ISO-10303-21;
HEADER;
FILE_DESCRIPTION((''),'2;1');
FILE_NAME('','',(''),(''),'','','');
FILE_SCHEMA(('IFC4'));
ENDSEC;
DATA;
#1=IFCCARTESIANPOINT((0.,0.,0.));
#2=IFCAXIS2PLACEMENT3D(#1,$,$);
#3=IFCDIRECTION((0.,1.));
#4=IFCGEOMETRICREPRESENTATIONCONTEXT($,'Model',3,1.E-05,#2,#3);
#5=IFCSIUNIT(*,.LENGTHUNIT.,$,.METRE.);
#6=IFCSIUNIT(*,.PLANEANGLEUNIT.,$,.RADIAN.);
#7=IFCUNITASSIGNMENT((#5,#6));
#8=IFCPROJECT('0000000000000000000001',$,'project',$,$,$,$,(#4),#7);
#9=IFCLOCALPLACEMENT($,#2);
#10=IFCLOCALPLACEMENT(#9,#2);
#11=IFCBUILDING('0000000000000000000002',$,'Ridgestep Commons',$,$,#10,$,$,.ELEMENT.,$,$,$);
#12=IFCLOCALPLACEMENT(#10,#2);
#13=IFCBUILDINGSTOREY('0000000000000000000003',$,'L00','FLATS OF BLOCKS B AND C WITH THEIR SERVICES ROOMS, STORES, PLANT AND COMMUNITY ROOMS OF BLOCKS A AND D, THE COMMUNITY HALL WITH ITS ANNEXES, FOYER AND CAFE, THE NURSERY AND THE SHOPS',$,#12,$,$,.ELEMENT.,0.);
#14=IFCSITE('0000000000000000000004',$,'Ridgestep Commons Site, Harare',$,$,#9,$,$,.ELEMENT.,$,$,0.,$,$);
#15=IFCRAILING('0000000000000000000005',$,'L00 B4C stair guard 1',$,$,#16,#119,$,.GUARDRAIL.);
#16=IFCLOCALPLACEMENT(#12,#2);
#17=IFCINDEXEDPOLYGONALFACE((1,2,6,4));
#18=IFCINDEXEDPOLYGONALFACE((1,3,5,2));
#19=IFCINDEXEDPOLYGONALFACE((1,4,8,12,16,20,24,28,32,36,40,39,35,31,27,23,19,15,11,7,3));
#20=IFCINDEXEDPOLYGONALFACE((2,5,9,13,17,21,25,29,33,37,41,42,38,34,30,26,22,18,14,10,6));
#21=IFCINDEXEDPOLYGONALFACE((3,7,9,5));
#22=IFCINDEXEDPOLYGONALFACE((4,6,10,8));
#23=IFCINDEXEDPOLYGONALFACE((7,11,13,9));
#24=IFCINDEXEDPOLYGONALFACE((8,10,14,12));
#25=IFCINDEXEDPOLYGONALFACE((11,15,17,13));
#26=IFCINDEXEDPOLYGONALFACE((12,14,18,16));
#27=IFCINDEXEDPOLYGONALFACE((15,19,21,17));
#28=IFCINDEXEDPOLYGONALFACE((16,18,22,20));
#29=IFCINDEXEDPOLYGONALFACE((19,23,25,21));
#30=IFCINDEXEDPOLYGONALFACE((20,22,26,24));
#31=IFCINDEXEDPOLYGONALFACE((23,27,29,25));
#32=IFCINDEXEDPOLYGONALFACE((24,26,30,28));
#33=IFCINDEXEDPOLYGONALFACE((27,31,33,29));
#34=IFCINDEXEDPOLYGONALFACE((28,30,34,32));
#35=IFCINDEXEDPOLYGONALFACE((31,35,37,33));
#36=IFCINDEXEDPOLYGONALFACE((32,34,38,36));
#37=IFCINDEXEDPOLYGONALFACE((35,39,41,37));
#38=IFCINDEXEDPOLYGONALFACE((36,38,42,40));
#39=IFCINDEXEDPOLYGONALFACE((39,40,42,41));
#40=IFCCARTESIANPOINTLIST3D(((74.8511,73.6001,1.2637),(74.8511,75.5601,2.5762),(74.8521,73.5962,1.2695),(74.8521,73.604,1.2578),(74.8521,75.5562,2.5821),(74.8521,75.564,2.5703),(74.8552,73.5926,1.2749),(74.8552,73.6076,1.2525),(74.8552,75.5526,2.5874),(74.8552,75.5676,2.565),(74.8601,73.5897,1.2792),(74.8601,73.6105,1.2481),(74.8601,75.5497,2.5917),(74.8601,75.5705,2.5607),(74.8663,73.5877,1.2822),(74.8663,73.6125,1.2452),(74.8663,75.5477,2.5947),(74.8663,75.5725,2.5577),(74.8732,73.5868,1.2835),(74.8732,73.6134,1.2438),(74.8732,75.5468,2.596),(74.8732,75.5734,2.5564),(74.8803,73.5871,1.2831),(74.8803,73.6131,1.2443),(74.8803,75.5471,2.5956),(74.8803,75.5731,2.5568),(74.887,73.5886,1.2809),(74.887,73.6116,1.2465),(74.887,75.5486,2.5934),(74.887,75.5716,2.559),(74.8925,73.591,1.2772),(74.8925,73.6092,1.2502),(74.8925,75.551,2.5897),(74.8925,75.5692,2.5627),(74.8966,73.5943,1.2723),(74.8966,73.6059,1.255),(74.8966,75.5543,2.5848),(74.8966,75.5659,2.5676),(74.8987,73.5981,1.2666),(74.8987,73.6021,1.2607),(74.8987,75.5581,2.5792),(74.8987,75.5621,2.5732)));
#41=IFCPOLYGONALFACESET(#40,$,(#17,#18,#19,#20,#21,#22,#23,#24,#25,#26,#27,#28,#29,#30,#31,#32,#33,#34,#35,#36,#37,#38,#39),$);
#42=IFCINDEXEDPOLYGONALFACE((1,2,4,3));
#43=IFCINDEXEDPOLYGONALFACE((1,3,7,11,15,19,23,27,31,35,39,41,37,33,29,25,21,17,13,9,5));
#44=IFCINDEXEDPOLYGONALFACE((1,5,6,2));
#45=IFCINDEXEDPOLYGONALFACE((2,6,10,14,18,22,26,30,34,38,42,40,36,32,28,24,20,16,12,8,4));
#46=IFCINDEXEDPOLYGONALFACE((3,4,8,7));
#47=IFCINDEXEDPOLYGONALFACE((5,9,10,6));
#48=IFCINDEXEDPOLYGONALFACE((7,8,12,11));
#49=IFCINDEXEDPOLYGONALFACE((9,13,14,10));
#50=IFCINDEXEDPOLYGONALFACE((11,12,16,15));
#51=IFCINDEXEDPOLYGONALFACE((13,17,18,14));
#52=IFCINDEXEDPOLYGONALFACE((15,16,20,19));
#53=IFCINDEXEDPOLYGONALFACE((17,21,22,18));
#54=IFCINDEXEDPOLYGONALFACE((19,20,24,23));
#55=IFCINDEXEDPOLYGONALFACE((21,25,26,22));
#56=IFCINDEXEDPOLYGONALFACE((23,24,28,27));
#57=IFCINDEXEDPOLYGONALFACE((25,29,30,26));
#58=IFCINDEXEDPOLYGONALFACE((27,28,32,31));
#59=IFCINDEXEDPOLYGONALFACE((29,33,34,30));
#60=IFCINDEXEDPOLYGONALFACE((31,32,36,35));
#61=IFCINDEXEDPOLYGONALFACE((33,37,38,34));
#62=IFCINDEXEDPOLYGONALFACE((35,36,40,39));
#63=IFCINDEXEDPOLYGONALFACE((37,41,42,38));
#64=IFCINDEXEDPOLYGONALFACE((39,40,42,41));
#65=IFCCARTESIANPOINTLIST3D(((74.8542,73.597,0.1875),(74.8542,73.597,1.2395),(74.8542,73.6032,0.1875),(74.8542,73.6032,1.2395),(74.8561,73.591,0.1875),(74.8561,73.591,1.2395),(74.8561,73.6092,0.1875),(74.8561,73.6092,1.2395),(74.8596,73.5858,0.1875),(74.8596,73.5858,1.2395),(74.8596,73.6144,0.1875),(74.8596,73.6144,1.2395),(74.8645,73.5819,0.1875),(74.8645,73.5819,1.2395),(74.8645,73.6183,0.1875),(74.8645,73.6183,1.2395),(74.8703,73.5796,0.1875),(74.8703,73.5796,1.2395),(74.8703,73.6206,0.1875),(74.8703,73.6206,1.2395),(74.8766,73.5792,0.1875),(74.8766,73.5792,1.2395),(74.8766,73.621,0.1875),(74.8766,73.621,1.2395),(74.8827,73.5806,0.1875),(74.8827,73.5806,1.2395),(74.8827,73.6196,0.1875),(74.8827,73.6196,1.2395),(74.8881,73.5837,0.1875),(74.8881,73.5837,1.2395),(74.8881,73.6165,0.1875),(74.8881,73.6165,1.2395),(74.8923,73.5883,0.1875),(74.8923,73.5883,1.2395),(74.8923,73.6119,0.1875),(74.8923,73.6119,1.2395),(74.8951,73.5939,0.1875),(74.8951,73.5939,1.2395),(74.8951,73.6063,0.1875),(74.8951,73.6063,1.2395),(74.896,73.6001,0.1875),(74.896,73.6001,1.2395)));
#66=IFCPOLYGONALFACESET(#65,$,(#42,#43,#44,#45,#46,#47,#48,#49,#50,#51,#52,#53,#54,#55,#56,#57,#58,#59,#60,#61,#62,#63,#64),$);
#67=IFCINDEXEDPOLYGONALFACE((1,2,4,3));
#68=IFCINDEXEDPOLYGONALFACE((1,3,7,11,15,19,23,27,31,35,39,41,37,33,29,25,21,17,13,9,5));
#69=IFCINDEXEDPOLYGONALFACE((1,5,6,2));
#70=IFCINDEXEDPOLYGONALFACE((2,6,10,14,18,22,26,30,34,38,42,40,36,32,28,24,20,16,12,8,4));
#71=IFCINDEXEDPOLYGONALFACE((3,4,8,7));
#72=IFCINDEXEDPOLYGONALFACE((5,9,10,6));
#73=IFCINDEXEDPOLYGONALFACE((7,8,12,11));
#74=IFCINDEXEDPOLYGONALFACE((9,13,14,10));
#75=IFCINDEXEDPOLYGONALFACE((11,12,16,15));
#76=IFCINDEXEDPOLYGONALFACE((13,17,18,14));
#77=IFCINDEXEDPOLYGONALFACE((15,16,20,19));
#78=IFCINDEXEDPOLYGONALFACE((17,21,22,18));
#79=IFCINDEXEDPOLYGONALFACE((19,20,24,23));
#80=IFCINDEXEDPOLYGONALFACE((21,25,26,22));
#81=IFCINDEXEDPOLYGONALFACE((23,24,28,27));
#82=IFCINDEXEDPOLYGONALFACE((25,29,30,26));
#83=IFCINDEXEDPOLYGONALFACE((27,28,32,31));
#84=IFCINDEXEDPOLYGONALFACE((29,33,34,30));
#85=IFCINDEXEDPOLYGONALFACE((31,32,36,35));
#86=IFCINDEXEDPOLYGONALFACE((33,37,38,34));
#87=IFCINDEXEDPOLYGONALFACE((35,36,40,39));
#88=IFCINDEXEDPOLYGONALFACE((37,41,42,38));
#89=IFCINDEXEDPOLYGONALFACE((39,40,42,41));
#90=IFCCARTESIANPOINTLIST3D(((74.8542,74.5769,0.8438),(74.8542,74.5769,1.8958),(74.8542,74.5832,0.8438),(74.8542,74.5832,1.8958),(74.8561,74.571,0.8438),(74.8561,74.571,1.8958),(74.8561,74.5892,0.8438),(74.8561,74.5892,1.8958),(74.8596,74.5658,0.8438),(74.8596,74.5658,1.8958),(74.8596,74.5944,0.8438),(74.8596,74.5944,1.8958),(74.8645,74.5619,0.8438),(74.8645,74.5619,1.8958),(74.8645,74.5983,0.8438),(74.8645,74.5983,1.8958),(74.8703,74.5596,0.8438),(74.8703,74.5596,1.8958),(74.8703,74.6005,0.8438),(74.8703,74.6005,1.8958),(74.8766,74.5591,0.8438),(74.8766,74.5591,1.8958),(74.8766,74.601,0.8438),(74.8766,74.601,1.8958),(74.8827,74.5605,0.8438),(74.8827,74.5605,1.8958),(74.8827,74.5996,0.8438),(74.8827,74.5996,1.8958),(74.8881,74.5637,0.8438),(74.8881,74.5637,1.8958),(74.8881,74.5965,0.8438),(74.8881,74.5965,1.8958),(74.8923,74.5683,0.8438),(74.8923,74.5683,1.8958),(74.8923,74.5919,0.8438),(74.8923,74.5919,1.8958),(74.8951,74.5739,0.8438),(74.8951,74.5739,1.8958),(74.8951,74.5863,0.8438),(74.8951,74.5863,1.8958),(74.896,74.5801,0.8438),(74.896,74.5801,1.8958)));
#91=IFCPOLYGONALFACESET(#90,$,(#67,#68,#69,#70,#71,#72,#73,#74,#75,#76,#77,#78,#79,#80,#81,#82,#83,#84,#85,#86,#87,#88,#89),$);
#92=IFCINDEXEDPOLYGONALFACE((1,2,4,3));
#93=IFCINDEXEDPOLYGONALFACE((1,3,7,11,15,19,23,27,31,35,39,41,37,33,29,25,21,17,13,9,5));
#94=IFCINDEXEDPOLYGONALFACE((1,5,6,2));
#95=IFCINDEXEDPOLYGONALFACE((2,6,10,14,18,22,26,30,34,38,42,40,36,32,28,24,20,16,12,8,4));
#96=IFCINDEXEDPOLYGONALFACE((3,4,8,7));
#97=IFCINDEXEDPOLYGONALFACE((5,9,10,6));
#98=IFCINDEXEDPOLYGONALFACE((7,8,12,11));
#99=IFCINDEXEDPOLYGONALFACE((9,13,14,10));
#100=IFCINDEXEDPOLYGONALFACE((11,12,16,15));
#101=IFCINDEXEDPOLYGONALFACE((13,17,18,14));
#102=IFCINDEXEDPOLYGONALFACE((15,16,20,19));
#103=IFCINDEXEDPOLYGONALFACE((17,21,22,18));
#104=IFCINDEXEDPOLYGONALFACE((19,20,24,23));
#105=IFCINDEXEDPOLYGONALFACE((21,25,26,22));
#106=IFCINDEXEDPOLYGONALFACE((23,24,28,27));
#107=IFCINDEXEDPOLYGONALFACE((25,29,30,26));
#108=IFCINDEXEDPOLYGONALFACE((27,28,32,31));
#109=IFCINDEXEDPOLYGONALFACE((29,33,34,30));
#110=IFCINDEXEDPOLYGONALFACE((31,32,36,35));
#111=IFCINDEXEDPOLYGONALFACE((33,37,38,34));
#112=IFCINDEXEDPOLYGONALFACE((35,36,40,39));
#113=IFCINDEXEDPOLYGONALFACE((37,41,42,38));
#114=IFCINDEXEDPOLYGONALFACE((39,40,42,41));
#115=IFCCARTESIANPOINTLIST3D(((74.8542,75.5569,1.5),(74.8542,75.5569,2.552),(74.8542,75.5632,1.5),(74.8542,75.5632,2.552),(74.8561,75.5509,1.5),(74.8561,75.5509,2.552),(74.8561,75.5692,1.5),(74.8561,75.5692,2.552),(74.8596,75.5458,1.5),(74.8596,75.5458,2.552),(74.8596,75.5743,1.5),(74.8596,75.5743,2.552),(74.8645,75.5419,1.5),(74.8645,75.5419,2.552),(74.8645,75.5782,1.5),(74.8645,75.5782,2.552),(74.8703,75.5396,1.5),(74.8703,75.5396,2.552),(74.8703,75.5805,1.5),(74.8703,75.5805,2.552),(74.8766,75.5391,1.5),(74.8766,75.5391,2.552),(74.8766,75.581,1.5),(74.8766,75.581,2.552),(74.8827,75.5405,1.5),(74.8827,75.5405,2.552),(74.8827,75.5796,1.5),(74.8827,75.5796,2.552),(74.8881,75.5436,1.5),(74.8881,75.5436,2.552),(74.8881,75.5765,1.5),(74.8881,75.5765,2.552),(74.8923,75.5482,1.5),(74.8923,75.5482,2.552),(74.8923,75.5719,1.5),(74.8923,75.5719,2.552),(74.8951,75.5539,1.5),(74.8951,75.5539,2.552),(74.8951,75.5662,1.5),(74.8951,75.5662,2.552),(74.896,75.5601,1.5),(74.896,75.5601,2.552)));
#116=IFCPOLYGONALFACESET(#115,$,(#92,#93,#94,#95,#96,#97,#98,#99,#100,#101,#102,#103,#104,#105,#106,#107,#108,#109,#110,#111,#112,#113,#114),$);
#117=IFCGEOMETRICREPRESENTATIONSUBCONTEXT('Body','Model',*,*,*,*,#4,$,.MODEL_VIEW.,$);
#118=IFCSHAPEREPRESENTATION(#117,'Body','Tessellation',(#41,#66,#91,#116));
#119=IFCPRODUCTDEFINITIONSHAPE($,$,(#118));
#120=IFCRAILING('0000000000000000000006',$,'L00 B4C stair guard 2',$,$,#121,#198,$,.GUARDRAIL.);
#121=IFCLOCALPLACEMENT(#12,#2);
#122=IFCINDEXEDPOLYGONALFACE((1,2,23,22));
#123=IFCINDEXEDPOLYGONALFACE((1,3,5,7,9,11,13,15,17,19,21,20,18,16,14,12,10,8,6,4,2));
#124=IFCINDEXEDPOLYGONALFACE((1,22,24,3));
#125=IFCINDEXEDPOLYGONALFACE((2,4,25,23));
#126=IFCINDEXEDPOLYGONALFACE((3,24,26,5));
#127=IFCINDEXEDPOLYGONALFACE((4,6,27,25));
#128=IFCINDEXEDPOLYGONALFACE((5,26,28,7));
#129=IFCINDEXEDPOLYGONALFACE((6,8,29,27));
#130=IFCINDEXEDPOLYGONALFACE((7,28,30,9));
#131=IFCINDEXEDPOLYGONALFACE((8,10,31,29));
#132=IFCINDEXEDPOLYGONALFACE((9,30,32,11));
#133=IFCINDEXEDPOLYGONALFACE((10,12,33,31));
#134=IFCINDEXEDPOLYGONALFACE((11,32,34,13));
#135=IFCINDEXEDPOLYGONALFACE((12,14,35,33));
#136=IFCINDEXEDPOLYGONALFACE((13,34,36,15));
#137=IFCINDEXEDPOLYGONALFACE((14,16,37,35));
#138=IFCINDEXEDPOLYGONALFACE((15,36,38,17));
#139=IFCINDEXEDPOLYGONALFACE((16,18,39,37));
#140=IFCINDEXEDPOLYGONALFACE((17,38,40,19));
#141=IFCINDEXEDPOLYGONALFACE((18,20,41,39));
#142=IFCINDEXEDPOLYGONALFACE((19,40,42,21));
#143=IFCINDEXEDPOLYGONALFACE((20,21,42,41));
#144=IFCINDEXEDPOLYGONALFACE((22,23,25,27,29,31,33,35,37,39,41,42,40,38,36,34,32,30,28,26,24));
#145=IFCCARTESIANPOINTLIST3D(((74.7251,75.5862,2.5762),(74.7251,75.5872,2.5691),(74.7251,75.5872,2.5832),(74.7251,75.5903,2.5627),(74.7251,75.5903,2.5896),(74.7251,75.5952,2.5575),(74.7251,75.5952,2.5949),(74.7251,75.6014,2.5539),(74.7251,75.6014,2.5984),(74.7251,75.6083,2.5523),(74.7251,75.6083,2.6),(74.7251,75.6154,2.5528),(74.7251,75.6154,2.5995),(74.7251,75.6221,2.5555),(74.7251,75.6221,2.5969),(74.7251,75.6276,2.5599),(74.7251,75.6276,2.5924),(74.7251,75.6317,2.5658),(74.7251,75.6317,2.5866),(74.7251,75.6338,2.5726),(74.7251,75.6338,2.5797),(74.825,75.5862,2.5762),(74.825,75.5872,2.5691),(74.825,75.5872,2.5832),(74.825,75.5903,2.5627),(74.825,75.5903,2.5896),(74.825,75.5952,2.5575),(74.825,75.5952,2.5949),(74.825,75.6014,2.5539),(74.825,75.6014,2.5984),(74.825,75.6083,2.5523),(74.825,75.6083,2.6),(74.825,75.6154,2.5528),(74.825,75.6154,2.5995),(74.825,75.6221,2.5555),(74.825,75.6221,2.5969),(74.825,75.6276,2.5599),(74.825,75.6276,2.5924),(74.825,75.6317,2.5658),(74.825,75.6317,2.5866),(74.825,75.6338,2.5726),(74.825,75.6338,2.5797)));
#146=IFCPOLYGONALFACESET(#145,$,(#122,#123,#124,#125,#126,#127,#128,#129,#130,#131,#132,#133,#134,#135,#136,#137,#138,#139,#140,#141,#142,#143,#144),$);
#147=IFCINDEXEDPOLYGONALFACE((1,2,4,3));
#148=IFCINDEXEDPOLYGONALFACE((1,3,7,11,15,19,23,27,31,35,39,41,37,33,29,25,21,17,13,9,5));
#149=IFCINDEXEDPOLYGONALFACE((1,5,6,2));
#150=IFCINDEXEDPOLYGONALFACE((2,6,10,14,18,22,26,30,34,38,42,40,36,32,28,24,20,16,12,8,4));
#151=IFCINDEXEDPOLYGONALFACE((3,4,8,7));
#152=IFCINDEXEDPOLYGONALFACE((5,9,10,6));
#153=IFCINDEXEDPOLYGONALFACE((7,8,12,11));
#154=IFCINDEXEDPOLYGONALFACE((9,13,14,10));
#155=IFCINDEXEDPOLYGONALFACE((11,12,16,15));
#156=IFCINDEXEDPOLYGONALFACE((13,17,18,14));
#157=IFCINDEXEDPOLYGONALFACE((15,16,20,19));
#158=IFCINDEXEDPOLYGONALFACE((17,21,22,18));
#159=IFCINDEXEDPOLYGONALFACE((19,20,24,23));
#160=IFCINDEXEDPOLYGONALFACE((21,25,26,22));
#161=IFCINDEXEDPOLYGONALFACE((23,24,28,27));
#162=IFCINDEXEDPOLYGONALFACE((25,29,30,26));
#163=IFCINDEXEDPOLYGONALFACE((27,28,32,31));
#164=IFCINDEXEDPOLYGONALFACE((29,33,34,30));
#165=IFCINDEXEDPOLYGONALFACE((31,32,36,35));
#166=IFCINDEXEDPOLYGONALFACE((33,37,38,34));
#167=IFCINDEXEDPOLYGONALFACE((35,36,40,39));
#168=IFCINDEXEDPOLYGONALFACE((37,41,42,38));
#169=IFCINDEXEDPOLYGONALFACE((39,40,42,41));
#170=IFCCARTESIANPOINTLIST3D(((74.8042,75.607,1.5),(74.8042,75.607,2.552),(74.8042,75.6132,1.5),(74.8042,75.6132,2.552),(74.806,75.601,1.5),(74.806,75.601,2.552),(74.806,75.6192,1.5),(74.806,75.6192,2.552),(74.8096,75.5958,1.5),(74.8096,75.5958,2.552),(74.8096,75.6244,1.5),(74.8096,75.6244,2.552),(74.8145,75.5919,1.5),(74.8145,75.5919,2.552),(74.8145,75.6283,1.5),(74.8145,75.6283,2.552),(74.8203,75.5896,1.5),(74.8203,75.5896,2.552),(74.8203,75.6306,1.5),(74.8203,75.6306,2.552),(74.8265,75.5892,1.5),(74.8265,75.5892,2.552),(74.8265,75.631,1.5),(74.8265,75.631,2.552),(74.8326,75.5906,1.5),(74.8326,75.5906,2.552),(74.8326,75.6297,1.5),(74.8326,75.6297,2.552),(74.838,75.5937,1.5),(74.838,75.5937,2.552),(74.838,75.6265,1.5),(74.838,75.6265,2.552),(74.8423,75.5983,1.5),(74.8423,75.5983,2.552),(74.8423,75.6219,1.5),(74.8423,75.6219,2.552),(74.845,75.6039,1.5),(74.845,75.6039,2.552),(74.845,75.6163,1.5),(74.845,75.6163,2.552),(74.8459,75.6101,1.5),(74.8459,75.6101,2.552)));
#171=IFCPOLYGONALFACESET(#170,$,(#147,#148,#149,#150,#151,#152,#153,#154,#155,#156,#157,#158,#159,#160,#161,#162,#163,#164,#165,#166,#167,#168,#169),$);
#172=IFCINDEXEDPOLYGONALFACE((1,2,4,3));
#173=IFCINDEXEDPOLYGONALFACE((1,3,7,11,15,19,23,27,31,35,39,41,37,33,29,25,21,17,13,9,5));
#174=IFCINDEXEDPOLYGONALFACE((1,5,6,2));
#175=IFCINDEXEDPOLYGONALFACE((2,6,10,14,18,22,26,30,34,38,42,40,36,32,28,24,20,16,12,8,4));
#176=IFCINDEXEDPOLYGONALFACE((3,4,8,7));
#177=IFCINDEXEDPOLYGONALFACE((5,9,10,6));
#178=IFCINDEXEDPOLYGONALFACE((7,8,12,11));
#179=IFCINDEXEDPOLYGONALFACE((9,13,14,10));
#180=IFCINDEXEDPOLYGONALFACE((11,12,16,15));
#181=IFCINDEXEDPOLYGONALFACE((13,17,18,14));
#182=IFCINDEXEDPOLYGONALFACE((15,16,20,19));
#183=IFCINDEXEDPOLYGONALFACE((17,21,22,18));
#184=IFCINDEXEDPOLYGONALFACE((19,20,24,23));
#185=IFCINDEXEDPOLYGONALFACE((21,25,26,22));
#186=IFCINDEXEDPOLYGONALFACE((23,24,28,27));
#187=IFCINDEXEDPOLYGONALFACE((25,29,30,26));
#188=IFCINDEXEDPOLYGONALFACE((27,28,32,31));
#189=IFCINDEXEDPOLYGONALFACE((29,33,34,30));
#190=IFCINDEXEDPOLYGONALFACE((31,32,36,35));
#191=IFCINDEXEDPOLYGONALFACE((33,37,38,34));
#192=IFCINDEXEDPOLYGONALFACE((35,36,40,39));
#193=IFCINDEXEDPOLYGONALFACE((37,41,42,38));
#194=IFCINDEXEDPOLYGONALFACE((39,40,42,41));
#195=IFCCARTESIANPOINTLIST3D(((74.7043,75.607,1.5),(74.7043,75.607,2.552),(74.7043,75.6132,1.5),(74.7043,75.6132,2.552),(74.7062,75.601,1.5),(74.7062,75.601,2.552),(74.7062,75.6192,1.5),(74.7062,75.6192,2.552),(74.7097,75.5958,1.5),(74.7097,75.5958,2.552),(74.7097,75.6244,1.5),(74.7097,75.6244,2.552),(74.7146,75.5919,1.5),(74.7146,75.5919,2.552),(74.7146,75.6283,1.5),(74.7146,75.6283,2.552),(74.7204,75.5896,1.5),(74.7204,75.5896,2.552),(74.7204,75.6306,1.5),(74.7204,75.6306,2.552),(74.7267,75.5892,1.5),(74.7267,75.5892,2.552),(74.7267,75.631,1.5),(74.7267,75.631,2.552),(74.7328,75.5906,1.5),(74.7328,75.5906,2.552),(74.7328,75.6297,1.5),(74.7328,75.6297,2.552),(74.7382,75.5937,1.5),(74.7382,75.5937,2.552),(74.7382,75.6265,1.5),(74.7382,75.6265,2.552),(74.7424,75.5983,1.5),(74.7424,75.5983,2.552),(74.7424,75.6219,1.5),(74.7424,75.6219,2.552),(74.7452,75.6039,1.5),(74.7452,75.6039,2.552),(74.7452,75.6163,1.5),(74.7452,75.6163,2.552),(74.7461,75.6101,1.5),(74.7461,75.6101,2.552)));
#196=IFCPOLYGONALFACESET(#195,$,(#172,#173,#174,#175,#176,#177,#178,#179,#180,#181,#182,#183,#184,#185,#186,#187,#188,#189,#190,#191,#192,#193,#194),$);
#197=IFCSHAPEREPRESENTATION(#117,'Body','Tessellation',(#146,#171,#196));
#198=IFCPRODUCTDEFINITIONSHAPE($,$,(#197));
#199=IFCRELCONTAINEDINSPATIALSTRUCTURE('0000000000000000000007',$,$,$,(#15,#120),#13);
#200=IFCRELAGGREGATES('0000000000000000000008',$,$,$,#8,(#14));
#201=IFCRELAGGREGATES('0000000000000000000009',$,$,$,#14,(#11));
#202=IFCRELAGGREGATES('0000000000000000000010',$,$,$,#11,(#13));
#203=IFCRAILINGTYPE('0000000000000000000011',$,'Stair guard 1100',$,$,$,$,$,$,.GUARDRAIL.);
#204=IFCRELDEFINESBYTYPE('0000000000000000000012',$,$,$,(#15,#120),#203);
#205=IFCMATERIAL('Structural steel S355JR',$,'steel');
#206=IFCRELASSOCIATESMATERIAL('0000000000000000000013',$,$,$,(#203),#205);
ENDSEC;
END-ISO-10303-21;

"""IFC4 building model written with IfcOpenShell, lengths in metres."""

from ifc_helpers import new_model, si_unit, direction, frame, origin, origin_2d, place, context, subcontext, project, spatial, circle, extrude, material, type_object, element, save


model = new_model("IFC4")

# Units and contexts
model_context = context("Model", 3, precision=1e-05, world=origin(), true_north=direction((0.0, 1.0)))
body_context = subcontext(model_context, "Body", "Model", "MODEL_VIEW")
ifc_project = project(units=[si_unit("LENGTHUNIT", "METRE"), si_unit("PLANEANGLEUNIT", "RADIAN")], contexts=[model_context])

# Site, building, storey
site_placement = place(None, origin())
site = spatial("IfcSite", under=ifc_project, at=site_placement, Name="Ridgestep Commons Site, Harare", CompositionType="ELEMENT", RefElevation=0.0)
building_placement = place(site_placement, origin())
building = spatial("IfcBuilding", under=site, at=building_placement, Name="Ridgestep Commons", CompositionType="ELEMENT")
storey_placement = place(building_placement, origin())
storey = spatial("IfcBuildingStorey", under=building, at=storey_placement, Name="L00", Description="FLATS OF BLOCKS B AND C WITH THEIR SERVICES ROOMS, STORES, PLANT AND COMMUNITY ROOMS OF BLOCKS A AND D, THE COMMUNITY HALL WITH ITS ANNEXES, FOYER AND CAFE, THE NURSERY AND THE SHOPS", CompositionType="ELEMENT", Elevation=0.0)

# Railings
ifc_material_1 = material(Name="Structural steel S355JR", Category="steel")
railing_type_1 = type_object("IfcRailingType", Name="Stair guard 1100", PredefinedType="GUARDRAIL", material=ifc_material_1)
railing_1_placement = place(storey_placement, frame((74.875, 73.6001, 0.1875)))
element("IfcRailing", 1, at=railing_1_placement, inside=storey, type_object=railing_type_1, Name="L00 B4C stair guard 1", PredefinedType="GUARDRAIL", context=body_context, shape_type="SweptSolid", body=[
    extrude(circle(Radius=0.0239, at=origin_2d()), frame((0.0, 0.0, 1.0762), z_axis=(0.0, 0.830902, 0.556419), x_axis=(-1.0, 0.0, 0.0)), (0.0, 0.0, 1.0), 2.3589),
    extrude(circle(Radius=0.021, at=origin_2d()), origin(), (0.0, 0.0, 1.0), 1.052),
    extrude(circle(Radius=0.021, at=origin_2d()), frame((0.0, 0.98, 0.6562)), (0.0, 0.0, 1.0), 1.052),
    extrude(circle(Radius=0.021, at=origin_2d()), frame((0.0, 1.96, 1.3125)), (0.0, 0.0, 1.0), 1.052),
])
railing_2_placement = place(storey_placement, frame((74.825, 75.6101, 1.5)))
element("IfcRailing", 2, at=railing_2_placement, inside=storey, type_object=railing_type_1, Name="L00 B4C stair guard 2", PredefinedType="GUARDRAIL", context=body_context, shape_type="SweptSolid", body=[
    extrude(circle(Radius=0.0239, at=origin_2d()), frame((0.0, 0.0, 1.0762), z_axis=(-1.0, 0.0, 0.0), x_axis=(0.0, -1.0, 0.0)), (0.0, 0.0, 1.0), 0.0999),
    extrude(circle(Radius=0.021, at=origin_2d()), origin(), (0.0, 0.0, 1.0), 1.052),
    extrude(circle(Radius=0.021, at=origin_2d()), frame((-0.0999, 0.0, 0.0)), (0.0, 0.0, 1.0), 1.052),
])

save(model, "model.ifc")
